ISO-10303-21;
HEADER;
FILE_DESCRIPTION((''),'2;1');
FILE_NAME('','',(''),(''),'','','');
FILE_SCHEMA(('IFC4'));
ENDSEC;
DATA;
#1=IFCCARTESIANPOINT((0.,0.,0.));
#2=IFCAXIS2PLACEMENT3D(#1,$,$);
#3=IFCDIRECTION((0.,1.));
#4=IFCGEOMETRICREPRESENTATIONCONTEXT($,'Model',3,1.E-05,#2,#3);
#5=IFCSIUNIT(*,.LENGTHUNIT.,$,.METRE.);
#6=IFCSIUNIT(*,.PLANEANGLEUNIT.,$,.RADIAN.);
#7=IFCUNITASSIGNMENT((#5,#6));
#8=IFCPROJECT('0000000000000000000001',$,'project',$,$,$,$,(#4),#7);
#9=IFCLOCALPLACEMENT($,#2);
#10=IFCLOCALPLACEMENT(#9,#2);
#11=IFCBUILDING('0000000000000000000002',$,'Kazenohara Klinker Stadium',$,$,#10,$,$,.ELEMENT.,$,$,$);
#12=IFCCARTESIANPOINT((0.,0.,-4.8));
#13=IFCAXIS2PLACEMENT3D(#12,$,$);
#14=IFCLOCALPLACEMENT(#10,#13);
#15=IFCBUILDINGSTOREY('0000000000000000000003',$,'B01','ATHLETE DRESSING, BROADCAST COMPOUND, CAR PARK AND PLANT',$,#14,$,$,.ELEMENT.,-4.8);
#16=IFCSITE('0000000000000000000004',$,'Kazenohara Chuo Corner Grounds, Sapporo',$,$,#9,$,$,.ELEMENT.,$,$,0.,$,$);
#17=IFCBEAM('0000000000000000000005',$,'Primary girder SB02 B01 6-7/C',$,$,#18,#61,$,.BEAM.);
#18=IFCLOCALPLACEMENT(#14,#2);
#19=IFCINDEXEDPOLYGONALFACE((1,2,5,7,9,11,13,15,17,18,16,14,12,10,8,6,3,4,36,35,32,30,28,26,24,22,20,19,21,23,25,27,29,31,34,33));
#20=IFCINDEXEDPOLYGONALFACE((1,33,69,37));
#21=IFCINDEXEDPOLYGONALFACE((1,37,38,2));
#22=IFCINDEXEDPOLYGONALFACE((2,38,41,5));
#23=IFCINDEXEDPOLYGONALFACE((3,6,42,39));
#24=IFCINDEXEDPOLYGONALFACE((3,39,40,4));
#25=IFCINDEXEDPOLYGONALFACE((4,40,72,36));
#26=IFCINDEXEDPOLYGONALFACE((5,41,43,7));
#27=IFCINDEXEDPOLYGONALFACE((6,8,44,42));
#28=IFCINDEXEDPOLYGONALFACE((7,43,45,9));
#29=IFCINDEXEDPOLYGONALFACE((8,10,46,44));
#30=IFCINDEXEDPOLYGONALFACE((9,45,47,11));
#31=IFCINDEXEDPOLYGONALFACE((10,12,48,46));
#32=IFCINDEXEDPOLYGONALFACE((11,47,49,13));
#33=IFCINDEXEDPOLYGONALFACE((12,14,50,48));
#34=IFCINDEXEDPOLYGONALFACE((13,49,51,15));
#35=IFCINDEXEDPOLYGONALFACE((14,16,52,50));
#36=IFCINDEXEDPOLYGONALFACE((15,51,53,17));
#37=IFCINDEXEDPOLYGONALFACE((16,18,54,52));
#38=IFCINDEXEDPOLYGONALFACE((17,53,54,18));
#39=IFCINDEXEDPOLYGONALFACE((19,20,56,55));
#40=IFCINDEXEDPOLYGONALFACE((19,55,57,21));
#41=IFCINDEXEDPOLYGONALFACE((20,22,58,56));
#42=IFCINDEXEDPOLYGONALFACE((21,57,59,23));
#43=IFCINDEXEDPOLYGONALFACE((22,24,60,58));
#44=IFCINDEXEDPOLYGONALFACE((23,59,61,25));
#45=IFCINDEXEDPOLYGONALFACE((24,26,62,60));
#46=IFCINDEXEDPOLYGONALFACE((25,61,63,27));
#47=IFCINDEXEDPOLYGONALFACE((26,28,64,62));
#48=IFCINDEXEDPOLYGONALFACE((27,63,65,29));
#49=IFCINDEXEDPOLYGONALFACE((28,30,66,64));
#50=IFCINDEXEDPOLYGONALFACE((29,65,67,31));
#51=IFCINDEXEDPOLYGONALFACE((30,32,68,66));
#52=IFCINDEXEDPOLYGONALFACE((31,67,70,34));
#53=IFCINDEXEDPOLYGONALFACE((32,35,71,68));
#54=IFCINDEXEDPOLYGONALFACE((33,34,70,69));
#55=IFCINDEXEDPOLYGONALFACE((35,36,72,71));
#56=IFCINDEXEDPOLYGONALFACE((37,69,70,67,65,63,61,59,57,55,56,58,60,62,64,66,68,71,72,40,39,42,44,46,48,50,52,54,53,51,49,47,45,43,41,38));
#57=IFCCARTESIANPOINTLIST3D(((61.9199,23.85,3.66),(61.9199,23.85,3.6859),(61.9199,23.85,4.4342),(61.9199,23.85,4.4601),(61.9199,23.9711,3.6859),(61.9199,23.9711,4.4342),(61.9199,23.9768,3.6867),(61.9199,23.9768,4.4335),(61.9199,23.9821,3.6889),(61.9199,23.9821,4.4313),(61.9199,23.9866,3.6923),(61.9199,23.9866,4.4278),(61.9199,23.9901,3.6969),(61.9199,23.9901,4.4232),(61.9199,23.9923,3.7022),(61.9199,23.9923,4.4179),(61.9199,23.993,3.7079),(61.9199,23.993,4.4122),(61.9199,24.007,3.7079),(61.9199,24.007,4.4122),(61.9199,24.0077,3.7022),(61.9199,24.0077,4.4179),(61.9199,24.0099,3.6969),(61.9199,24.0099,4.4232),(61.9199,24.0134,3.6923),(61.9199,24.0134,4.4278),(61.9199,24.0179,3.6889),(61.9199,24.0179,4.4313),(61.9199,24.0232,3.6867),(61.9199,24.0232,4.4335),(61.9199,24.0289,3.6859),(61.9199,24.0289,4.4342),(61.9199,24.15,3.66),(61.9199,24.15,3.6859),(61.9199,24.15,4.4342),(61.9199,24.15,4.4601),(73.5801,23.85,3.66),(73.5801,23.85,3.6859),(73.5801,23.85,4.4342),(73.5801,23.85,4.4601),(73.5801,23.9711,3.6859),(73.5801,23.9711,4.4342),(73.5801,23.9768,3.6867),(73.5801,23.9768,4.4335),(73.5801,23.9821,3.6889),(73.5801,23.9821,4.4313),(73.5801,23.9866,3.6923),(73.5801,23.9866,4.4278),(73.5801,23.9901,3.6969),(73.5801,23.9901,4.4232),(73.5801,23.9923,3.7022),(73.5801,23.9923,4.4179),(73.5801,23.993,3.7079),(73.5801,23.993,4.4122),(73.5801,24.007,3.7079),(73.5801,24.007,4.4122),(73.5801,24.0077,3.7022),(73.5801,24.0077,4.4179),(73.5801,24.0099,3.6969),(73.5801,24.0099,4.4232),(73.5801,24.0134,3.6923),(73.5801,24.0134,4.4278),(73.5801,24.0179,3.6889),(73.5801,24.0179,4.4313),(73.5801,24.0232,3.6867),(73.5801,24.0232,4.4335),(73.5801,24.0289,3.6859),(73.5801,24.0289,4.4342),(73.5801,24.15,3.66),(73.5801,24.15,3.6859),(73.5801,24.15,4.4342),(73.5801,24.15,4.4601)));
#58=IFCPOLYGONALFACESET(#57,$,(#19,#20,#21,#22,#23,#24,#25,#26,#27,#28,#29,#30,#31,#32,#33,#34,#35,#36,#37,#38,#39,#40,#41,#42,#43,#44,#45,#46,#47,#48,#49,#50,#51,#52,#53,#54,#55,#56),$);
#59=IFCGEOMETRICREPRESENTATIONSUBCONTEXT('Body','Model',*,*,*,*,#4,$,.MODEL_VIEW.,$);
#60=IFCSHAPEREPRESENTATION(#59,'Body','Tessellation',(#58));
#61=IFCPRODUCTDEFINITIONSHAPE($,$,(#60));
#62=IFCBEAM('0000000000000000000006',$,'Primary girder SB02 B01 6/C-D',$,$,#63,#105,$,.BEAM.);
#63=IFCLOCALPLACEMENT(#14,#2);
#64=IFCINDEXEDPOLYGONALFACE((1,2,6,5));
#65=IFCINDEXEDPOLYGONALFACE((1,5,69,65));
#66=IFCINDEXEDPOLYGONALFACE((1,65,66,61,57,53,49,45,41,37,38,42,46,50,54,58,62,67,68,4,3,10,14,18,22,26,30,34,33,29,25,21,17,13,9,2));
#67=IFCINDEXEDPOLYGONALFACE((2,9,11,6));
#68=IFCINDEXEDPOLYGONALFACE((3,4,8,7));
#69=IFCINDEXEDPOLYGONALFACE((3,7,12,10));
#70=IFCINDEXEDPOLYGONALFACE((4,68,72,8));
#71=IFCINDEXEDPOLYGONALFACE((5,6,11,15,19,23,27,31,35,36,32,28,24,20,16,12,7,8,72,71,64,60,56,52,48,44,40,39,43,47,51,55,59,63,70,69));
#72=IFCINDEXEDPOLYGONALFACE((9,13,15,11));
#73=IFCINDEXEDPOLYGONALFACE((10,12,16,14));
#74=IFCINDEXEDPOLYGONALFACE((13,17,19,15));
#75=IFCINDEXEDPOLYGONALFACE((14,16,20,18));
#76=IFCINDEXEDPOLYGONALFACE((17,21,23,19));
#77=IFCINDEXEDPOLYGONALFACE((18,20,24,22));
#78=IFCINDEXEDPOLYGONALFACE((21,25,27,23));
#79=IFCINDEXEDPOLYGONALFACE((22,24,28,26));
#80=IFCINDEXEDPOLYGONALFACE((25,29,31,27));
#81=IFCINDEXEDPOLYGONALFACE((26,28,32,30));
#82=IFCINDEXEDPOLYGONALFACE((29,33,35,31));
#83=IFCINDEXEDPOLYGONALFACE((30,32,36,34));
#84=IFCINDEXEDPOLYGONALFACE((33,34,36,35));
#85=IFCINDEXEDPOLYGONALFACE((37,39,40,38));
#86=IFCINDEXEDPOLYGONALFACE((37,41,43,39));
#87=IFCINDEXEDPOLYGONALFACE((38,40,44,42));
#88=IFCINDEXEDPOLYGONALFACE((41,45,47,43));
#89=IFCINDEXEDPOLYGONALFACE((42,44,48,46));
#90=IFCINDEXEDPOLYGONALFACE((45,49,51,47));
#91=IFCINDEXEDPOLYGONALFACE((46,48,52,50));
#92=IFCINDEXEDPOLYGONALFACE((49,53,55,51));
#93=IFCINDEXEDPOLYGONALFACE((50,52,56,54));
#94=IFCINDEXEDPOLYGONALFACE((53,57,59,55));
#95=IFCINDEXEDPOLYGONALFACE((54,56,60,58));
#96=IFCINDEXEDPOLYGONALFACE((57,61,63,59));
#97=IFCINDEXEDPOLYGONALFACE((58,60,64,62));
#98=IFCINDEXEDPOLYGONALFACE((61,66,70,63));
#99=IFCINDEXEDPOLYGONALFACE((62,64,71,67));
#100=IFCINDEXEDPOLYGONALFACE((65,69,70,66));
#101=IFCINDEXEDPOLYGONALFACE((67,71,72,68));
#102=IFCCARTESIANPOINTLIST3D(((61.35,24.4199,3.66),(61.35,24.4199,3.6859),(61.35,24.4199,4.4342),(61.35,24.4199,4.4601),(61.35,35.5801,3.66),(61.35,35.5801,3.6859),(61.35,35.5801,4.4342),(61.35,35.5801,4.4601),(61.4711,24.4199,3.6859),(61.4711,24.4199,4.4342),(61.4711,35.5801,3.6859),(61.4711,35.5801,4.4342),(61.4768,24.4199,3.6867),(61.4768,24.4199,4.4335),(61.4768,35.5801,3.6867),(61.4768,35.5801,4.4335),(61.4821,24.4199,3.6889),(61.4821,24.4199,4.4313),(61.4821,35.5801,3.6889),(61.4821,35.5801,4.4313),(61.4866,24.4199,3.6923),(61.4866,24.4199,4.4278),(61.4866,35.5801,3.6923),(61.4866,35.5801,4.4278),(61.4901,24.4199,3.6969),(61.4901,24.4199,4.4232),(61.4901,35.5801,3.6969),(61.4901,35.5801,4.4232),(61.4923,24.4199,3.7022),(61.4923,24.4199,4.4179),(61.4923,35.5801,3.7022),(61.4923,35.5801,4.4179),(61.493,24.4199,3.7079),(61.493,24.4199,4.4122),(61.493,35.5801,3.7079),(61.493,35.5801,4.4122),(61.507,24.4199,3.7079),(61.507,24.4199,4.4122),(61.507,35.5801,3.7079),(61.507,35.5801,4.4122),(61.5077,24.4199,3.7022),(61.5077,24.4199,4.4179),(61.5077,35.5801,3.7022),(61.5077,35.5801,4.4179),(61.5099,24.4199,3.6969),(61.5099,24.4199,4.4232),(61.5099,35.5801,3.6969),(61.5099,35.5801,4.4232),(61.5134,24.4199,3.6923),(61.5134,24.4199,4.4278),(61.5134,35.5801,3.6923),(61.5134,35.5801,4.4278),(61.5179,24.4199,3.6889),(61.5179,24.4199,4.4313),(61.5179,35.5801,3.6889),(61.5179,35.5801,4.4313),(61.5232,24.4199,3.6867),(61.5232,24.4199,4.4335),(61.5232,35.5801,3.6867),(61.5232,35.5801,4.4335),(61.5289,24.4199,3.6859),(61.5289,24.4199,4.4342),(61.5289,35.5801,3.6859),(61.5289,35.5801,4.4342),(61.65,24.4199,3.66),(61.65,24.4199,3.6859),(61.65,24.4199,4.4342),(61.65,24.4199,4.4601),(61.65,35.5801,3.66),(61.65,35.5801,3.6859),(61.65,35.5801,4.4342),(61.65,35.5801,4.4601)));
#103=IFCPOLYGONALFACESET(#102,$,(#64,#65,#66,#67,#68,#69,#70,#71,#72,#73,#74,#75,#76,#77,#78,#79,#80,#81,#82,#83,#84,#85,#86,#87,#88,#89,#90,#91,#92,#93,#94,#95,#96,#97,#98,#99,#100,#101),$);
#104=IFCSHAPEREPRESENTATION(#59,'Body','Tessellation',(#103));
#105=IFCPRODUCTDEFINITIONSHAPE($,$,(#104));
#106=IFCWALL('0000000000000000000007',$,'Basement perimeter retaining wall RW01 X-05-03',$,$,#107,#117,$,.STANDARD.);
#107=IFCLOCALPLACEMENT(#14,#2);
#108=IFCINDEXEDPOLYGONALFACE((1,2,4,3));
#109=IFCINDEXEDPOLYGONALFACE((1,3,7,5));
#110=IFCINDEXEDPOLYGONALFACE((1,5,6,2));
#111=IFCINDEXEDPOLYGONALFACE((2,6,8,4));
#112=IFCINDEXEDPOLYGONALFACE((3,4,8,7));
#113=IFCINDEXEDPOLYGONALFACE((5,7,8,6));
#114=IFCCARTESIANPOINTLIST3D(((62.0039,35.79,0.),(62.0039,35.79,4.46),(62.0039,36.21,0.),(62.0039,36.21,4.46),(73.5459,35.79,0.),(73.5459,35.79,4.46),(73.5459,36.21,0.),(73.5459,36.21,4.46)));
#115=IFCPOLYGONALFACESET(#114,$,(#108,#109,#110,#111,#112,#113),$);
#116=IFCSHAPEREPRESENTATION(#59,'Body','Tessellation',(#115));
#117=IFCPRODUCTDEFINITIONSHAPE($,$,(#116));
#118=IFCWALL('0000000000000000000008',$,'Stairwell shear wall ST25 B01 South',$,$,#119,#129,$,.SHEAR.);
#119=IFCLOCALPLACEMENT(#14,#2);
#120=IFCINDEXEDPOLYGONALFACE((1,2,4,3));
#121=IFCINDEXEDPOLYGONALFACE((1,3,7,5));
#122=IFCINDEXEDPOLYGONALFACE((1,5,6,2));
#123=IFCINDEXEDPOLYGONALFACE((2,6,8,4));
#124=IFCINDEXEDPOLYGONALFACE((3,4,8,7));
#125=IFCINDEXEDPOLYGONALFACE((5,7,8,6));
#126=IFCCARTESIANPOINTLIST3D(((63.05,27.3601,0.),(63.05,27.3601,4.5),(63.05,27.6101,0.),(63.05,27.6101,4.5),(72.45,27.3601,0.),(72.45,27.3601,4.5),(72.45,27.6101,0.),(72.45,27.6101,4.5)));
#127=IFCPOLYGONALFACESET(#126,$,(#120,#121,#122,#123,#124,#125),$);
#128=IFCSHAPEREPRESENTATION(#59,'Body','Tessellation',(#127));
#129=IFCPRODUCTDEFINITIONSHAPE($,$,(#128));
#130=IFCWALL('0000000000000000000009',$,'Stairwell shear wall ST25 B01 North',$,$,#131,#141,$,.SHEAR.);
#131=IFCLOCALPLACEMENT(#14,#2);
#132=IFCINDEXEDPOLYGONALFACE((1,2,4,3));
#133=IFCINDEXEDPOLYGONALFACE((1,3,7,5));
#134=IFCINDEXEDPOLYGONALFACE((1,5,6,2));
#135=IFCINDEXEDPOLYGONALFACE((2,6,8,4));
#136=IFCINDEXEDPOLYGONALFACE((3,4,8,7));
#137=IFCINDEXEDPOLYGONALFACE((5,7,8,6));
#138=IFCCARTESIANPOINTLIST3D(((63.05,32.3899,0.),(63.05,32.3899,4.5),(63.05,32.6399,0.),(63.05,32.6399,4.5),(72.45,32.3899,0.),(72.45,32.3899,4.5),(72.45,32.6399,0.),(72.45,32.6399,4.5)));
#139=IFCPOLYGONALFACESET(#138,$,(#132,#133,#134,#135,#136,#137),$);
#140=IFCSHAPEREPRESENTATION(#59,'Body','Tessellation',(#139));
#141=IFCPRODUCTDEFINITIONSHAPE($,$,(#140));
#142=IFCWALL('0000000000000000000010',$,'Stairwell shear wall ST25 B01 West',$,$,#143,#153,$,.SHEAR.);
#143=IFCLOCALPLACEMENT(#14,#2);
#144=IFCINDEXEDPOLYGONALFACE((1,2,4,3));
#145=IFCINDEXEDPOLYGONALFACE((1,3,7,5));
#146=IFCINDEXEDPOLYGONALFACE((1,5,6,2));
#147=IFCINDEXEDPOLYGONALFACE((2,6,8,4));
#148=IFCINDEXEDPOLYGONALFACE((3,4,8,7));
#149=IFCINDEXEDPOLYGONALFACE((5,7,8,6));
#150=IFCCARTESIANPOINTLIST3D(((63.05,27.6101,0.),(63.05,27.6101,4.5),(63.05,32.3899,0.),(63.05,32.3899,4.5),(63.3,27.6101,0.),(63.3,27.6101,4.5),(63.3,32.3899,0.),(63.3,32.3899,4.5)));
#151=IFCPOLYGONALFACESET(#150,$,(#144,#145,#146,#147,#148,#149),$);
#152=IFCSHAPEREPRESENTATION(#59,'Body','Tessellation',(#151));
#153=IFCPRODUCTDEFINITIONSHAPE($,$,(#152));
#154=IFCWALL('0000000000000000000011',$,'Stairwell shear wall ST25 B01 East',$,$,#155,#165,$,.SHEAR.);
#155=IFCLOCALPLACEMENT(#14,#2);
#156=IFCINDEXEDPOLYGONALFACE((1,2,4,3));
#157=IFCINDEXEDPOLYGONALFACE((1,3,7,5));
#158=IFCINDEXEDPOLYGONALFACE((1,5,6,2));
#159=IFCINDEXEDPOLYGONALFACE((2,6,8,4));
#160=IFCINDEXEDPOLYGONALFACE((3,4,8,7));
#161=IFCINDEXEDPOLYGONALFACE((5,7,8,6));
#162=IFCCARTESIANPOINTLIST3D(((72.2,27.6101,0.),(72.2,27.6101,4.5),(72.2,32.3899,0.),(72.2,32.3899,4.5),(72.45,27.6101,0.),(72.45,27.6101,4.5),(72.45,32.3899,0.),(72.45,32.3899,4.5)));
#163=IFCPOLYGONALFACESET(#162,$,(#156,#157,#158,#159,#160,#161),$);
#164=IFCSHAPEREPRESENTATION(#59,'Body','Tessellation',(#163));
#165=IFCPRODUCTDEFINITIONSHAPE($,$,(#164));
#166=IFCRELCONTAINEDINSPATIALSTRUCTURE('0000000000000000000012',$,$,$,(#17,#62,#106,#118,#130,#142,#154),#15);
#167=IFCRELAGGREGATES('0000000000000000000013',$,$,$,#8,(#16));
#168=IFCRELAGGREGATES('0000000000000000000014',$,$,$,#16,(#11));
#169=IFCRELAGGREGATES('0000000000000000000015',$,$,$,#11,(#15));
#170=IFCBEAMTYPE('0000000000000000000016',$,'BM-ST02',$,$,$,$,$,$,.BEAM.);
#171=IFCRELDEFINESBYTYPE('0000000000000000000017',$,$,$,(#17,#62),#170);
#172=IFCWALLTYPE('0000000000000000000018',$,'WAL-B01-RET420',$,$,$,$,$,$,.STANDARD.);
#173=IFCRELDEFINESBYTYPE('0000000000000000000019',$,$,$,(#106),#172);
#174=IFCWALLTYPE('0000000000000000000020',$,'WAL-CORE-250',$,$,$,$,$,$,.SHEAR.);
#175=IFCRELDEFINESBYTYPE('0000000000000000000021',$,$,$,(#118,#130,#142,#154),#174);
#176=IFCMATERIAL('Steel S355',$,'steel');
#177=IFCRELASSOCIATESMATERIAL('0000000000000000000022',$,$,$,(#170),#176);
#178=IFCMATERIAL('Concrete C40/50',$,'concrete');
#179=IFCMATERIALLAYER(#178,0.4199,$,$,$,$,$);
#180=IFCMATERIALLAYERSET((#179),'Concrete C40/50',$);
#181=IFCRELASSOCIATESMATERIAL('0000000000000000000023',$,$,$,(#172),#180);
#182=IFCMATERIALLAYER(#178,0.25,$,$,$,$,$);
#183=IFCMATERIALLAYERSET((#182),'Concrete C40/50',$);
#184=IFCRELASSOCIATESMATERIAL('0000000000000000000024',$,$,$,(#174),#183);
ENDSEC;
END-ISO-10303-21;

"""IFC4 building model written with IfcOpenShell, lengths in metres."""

from ifc_helpers import new_model, si_unit, direction, frame, frame_2d, origin, origin_2d, place, context, subcontext, project, spatial, rectangle, i_section, extrude, material, layer, layer_set, material_profile, profile_set, type_object, element, save


model = new_model("IFC4")

# Units and contexts
model_context = context("Model", 3, precision=1e-05, world=origin(), true_north=direction((0.0, 1.0)))
body_context = subcontext(model_context, "Body", "Model", "MODEL_VIEW")
ifc_project = project(units=[si_unit("LENGTHUNIT", "METRE"), si_unit("PLANEANGLEUNIT", "RADIAN")], contexts=[model_context])

# Site, building, storey
site_placement = place(None, origin())
site = spatial("IfcSite", under=ifc_project, at=site_placement, Name="Kazenohara Chuo Corner Grounds, Sapporo", CompositionType="ELEMENT", RefElevation=0.0)
building_placement = place(site_placement, origin())
building = spatial("IfcBuilding", under=site, at=building_placement, Name="Kazenohara Klinker Stadium", CompositionType="ELEMENT")
storey_placement = place(building_placement, frame((0.0, 0.0, -4.8)))
storey = spatial("IfcBuildingStorey", under=building, at=storey_placement, Name="B01", Description="ATHLETE DRESSING, BROADCAST COMPOUND, CAR PARK AND PLANT", CompositionType="ELEMENT", Elevation=-4.8)

# Shared definitions
ifc_material_1 = material(Name="Concrete C40/50", Category="concrete")

# Beams
ifc_material_2 = material(Name="Steel S355", Category="steel")
ifc_material_profile_1 = material_profile(ifc_material_2, i_section(OverallWidth=0.3, OverallDepth=0.8, WebThickness=0.0139, FlangeThickness=0.0259, FilletRadius=0.022, at=origin_2d()), Name="H-800x300x14x26")
ifc_profile_set_1 = profile_set([ifc_material_profile_1], Name="Steel S355")
beam_type_1 = type_object("IfcBeamType", Name="BM-ST02", PredefinedType="BEAM", material=ifc_profile_set_1)
beam_1_placement = place(storey_placement, frame((61.9199, 24.0, 4.0601), z_axis=(1.0, 0.0, 0.0), x_axis=(0.0, 1.0, 0.0)))
element("IfcBeam", 1, at=beam_1_placement, inside=storey, type_object=beam_type_1, Name="Primary girder SB02 B01 6-7/C", PredefinedType="BEAM", context=body_context, shape_type="SweptSolid", body=[
    extrude(i_section(OverallWidth=0.3, OverallDepth=0.8, WebThickness=0.0139, FlangeThickness=0.0259, FilletRadius=0.022, at=origin_2d()), origin(), (0.0, 0.0, 1.0), 11.6602),
])
beam_2_placement = place(storey_placement, frame((61.5, 24.4199, 4.0601), z_axis=(0.0, 1.0, 0.0), x_axis=(-1.0, 0.0, 0.0)))
element("IfcBeam", 2, at=beam_2_placement, inside=storey, type_object=beam_type_1, Name="Primary girder SB02 B01 6/C-D", PredefinedType="BEAM", context=body_context, shape_type="SweptSolid", body=[
    extrude(i_section(OverallWidth=0.3, OverallDepth=0.8, WebThickness=0.0139, FlangeThickness=0.0259, FilletRadius=0.022, at=origin_2d()), origin(), (0.0, 0.0, 1.0), 11.1602),
])

# Walls
ifc_layer_1 = layer(ifc_material_1, 0.4199)
ifc_layer_set_1 = layer_set([ifc_layer_1], Name="Concrete C40/50")
wall_type_1 = type_object("IfcWallType", Name="WAL-B01-RET420", PredefinedType="STANDARD", material=ifc_layer_set_1)
wall_1_placement = place(storey_placement, frame((62.0039, 36.0, 0.0), z_axis=(0.0, 0.0, 1.0), x_axis=(1.0, 0.0, 0.0)))
element("IfcWall", 3, at=wall_1_placement, inside=storey, type_object=wall_type_1, Name="Basement perimeter retaining wall RW01 X-05-03", PredefinedType="STANDARD", context=body_context, shape_type="SweptSolid", body=[
    extrude(rectangle(XDim=11.542, YDim=0.4199, at=frame_2d((5.771, 0.0))), origin(), (0.0, 0.0, 1.0), 4.46),
])
ifc_layer_2 = layer(ifc_material_1, 0.25)
ifc_layer_set_2 = layer_set([ifc_layer_2], Name="Concrete C40/50")
wall_type_2 = type_object("IfcWallType", Name="WAL-CORE-250", PredefinedType="SHEAR", material=ifc_layer_set_2)
for number, where, z_axis, x_axis, name in (
    (4, (63.05, 27.4851, 0.0), (0.0, 0.0, 1.0), (1.0, 0.0, 0.0), "Stairwell shear wall ST25 B01 South"),
    (5, (63.05, 32.5149, 0.0), (0.0, 0.0, 1.0), (1.0, 0.0, 0.0), "Stairwell shear wall ST25 B01 North"),
):
    element("IfcWall", number, at=place(storey_placement, frame(where, z_axis=z_axis, x_axis=x_axis)), inside=storey, type_object=wall_type_2, Name=name, PredefinedType="SHEAR", context=body_context, shape_type="SweptSolid", body=[
        extrude(rectangle(XDim=9.3999, YDim=0.25, at=frame_2d((4.7, 0.0))), origin(), (0.0, 0.0, 1.0), 4.5),
    ])
for number, where, z_axis, x_axis, name in (
    (6, (63.175, 27.6101, 0.0), (0.0, 0.0, 1.0), (0.0, 1.0, 0.0), "Stairwell shear wall ST25 B01 West"),
    (7, (72.325, 27.6101, 0.0), (0.0, 0.0, 1.0), (0.0, 1.0, 0.0), "Stairwell shear wall ST25 B01 East"),
):
    element("IfcWall", number, at=place(storey_placement, frame(where, z_axis=z_axis, x_axis=x_axis)), inside=storey, type_object=wall_type_2, Name=name, PredefinedType="SHEAR", context=body_context, shape_type="SweptSolid", body=[
        extrude(rectangle(XDim=4.7798, YDim=0.25, at=frame_2d((2.3899, 0.0))), origin(), (0.0, 0.0, 1.0), 4.5),
    ])

save(model, "model.ifc")
